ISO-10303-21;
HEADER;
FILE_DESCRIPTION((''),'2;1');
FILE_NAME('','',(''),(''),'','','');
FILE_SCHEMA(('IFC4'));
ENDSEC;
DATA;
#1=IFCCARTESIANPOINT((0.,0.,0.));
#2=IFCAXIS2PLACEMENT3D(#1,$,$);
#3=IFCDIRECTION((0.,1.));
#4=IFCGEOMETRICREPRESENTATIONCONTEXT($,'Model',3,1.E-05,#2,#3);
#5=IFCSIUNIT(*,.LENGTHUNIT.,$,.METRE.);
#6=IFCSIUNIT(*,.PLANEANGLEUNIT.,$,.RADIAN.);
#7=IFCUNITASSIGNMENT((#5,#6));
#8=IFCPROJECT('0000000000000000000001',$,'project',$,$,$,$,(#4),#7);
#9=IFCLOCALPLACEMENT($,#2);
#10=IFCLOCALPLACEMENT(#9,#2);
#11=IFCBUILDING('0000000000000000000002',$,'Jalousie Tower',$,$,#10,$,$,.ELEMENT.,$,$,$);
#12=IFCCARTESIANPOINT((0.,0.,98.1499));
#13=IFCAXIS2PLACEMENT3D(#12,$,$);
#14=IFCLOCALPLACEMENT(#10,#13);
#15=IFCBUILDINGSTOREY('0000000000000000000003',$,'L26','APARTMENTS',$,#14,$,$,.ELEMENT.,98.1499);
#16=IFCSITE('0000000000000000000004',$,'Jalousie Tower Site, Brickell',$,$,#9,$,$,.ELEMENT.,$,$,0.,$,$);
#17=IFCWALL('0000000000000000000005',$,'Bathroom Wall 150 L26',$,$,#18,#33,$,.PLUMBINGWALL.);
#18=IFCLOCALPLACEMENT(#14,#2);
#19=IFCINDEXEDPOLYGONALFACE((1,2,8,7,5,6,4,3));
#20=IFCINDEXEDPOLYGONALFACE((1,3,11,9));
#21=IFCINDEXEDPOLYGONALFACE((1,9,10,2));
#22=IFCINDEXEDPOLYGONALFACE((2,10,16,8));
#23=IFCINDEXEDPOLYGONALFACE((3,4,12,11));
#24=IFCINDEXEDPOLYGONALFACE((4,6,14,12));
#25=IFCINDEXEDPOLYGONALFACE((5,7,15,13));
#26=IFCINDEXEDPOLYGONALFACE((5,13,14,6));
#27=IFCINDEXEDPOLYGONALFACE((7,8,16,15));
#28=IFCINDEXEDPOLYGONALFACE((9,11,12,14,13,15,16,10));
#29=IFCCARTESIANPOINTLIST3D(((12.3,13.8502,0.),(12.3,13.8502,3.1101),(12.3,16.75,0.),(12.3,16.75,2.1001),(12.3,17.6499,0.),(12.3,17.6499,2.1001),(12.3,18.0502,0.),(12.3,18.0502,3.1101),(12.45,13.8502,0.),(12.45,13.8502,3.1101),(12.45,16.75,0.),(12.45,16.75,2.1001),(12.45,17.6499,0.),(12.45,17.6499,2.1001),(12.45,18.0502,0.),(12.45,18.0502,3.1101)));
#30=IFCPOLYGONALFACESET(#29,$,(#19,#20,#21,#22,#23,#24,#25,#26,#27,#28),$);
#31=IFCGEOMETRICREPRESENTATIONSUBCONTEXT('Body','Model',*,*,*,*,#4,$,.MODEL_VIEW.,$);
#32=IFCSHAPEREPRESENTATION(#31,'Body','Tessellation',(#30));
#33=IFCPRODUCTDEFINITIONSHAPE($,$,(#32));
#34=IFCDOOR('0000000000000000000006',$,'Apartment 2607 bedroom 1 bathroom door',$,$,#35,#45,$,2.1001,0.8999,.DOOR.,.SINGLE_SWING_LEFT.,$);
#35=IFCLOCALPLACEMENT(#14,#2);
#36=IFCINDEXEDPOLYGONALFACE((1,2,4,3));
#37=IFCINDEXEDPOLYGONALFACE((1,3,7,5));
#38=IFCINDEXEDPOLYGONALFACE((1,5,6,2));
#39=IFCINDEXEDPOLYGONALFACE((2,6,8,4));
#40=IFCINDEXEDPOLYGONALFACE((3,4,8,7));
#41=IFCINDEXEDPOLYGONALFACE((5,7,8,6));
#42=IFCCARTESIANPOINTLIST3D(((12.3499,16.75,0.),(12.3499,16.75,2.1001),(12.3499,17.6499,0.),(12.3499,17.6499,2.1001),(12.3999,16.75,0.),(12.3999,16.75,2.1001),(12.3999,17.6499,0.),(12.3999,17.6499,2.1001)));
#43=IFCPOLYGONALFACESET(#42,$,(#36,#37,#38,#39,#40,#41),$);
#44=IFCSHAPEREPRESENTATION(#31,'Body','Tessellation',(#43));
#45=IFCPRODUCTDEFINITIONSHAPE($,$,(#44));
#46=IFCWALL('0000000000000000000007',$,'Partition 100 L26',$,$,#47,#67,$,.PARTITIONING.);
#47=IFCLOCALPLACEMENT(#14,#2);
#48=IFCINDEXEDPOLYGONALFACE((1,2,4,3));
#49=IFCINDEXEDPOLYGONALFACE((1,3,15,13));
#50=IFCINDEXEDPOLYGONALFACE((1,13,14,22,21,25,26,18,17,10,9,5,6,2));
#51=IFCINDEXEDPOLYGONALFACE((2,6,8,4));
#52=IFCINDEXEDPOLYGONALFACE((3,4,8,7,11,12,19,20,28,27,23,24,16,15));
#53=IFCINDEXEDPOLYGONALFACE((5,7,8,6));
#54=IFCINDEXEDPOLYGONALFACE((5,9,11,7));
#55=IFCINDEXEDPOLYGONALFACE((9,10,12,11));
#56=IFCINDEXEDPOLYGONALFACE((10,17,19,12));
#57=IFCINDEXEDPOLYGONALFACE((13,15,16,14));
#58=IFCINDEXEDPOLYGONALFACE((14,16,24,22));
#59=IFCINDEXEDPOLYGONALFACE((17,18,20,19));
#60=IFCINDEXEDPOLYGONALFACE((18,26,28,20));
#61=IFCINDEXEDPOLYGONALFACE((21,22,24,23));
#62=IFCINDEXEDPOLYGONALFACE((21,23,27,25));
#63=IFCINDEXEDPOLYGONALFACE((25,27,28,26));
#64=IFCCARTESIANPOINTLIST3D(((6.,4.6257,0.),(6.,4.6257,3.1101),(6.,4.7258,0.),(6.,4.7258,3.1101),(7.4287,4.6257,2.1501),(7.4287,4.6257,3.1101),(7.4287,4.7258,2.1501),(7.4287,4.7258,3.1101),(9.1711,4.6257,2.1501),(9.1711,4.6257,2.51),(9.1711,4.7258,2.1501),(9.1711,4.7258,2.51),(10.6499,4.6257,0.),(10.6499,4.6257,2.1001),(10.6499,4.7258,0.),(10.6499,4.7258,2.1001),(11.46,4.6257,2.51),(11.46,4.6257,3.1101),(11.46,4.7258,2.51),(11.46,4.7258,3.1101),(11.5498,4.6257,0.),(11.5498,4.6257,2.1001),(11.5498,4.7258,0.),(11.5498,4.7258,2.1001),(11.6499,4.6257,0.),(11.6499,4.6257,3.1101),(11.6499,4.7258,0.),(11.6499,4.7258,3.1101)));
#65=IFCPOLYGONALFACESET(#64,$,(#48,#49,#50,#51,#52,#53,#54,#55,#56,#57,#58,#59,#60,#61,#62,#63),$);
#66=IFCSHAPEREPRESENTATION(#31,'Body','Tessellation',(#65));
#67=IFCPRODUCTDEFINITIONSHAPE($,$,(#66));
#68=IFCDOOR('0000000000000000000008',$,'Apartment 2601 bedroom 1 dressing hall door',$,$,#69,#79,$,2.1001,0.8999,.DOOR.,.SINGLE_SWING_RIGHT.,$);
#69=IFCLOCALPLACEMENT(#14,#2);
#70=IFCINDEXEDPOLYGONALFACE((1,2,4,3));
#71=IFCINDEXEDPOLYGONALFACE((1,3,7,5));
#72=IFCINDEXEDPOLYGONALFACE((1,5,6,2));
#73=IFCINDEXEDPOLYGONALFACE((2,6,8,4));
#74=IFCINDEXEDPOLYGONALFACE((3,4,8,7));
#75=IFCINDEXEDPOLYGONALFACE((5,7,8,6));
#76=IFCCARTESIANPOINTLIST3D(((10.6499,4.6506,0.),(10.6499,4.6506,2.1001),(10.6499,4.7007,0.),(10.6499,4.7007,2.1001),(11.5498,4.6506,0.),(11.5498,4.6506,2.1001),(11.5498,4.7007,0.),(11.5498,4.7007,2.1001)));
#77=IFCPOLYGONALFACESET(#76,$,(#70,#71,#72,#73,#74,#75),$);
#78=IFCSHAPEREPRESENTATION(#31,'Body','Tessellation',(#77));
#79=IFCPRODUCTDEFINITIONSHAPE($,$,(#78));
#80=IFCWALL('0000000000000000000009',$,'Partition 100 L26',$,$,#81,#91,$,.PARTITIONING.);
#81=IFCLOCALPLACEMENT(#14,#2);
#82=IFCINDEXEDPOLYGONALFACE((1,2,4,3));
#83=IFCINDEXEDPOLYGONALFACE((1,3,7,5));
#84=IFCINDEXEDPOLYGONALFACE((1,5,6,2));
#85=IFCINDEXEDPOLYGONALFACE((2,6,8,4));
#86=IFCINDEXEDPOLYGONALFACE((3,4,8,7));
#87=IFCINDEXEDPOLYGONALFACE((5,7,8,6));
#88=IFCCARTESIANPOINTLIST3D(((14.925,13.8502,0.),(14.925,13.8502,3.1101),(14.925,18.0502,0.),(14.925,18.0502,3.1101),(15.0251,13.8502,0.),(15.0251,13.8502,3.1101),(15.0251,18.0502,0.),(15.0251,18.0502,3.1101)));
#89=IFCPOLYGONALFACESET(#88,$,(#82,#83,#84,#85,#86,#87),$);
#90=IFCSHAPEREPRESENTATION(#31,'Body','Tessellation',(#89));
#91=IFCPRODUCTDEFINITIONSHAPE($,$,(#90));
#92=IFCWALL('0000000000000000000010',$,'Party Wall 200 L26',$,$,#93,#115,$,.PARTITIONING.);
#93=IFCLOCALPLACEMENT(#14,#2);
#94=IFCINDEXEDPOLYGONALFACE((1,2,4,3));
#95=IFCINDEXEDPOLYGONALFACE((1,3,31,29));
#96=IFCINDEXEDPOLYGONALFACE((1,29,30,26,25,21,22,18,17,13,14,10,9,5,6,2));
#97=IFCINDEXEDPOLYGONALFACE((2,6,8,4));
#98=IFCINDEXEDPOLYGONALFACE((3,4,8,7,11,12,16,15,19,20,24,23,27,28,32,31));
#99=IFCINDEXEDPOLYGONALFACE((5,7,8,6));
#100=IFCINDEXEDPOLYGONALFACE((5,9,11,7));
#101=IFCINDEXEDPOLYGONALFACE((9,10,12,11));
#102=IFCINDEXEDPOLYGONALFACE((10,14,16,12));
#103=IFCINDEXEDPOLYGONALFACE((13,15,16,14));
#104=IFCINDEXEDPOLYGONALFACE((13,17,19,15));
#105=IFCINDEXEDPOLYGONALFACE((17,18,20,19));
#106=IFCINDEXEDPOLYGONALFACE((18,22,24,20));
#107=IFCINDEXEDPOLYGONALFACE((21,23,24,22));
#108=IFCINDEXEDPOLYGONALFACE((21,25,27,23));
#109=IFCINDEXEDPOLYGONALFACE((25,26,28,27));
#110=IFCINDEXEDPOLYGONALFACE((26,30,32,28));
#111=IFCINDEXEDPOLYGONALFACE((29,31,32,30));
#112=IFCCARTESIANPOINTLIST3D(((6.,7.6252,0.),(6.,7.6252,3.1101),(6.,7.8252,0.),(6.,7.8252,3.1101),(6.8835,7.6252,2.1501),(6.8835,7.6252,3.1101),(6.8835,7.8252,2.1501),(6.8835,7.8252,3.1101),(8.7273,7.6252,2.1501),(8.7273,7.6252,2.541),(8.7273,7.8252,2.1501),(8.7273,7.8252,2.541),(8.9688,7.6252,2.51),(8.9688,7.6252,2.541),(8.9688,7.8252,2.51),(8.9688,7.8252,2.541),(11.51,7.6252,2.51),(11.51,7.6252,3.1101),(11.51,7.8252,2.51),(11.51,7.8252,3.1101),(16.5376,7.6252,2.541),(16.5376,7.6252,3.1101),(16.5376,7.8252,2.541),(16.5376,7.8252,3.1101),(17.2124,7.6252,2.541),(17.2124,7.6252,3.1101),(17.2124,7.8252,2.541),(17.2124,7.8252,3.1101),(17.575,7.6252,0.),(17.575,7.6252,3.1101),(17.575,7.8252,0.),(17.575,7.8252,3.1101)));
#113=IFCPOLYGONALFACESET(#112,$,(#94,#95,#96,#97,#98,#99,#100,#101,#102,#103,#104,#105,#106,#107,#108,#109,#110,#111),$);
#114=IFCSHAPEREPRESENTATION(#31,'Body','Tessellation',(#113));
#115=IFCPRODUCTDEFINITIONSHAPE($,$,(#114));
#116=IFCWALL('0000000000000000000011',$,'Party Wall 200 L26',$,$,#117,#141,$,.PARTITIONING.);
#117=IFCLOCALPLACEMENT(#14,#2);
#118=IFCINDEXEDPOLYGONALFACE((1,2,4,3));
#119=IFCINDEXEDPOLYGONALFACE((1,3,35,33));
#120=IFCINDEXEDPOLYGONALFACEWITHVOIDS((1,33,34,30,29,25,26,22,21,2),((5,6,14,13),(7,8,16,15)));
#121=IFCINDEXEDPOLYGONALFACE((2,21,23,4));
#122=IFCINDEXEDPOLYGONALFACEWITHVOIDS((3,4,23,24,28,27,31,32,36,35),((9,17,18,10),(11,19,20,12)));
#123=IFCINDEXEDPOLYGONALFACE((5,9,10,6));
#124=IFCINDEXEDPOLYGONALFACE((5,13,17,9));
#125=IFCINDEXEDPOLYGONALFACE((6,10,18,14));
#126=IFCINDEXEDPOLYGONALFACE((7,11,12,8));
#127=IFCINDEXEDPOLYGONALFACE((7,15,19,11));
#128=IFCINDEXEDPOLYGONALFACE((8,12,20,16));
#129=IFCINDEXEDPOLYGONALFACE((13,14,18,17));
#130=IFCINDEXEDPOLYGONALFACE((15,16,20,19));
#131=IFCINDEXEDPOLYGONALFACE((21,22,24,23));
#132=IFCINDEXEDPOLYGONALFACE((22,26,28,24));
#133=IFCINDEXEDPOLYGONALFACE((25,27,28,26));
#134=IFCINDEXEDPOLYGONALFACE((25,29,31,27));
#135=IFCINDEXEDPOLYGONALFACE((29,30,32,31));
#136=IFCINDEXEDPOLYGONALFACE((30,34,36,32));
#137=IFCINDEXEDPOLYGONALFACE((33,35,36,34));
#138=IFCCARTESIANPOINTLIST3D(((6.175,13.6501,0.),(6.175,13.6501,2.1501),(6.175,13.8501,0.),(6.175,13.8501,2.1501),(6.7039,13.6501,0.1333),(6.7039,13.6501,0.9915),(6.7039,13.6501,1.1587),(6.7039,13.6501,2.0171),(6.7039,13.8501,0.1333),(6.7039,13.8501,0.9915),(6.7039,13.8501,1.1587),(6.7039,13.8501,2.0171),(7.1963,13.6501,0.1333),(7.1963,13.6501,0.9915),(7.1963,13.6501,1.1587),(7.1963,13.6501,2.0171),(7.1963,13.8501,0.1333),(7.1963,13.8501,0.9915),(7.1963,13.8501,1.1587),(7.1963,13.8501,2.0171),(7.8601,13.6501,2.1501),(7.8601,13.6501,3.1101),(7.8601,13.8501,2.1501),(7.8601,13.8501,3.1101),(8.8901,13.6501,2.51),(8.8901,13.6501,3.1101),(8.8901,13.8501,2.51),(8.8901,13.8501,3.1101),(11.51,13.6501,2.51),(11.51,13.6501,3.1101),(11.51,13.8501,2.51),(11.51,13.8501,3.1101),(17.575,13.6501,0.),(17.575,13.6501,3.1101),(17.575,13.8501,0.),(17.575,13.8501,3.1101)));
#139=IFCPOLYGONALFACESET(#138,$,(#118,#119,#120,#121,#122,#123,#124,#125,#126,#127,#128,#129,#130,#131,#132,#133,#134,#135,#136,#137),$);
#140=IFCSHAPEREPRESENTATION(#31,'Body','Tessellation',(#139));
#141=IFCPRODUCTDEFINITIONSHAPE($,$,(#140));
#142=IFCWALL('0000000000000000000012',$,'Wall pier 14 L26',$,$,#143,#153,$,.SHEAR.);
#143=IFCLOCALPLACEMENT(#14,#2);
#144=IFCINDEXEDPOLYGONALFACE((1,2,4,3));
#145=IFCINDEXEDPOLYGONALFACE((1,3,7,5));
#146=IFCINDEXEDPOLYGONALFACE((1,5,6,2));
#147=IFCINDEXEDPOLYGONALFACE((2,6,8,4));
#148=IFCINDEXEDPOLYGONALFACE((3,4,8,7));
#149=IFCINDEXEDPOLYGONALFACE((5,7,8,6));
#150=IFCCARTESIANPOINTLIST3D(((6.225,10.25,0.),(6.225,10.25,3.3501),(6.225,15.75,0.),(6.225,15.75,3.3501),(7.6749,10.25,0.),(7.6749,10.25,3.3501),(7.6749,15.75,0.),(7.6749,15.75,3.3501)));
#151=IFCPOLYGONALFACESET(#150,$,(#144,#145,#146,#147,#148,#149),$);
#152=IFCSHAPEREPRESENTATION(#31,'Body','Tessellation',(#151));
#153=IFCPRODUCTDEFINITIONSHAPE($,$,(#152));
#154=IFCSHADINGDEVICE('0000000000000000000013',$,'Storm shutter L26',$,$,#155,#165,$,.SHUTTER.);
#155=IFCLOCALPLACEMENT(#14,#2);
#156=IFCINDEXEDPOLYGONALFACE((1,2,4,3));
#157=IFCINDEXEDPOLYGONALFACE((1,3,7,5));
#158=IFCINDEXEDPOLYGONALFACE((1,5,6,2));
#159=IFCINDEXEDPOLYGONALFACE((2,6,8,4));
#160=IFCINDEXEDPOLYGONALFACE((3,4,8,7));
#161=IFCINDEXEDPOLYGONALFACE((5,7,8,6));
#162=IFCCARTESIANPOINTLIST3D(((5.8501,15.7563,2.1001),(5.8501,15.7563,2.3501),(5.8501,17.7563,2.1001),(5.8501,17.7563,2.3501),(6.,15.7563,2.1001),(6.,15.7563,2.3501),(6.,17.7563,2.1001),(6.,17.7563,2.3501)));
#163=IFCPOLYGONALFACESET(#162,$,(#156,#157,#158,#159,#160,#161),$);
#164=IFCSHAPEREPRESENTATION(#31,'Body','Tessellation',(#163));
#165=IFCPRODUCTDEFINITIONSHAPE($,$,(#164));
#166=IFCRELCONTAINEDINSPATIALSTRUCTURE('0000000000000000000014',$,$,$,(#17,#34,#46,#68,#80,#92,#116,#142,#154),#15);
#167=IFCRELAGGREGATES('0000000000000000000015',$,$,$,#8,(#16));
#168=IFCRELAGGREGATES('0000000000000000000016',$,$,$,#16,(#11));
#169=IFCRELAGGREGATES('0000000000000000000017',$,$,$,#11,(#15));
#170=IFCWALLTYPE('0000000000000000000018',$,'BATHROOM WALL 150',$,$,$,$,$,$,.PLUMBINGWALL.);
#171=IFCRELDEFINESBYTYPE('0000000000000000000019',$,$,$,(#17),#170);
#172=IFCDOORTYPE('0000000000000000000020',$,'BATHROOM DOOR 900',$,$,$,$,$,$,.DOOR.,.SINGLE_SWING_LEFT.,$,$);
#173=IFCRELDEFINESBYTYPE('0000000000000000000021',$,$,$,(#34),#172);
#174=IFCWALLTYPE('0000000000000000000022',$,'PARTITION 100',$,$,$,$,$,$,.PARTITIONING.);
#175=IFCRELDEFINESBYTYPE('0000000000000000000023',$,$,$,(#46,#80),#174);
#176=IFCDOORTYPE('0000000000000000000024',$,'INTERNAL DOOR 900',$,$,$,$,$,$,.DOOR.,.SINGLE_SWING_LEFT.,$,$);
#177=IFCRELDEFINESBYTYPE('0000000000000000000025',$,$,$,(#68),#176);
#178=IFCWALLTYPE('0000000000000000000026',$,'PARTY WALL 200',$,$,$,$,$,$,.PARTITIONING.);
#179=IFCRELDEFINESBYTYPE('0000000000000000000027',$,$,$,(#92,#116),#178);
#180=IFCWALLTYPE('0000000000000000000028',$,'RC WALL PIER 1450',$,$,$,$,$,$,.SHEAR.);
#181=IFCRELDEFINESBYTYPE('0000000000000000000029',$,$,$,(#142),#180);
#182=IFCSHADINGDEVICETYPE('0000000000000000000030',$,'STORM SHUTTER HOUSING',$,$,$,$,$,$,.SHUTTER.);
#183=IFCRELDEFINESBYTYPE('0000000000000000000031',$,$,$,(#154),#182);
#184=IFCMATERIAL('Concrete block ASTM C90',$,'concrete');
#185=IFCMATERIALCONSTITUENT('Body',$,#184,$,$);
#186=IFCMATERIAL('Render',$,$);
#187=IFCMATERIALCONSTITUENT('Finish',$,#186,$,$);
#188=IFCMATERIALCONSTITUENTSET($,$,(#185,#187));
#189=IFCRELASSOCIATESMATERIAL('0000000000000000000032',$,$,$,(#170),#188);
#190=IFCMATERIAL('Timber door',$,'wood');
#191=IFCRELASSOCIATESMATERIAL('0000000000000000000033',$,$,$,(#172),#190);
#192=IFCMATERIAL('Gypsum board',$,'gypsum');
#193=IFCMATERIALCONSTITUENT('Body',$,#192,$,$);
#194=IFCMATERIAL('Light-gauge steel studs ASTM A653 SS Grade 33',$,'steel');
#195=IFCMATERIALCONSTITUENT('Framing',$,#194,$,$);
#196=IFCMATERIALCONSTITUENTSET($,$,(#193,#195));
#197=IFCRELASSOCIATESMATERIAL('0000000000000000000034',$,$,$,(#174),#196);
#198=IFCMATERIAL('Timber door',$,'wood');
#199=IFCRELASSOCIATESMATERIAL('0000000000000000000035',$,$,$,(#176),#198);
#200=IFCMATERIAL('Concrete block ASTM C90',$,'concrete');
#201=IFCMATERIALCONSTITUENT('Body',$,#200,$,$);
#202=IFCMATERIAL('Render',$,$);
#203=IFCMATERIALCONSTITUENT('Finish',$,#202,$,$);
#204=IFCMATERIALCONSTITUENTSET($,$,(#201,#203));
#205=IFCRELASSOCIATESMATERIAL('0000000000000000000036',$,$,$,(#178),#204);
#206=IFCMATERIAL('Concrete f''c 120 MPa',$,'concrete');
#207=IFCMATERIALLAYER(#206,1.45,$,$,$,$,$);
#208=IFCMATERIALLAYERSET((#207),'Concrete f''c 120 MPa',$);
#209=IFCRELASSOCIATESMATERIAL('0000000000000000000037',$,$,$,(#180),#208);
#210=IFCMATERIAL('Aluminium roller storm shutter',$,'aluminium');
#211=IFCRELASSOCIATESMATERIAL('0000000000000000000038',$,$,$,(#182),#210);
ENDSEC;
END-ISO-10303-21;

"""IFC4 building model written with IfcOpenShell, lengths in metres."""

from ifc_helpers import new_model, si_unit, direction, frame, frame_2d, origin, origin_2d, place, context, subcontext, project, spatial, polyline, rectangle, outline, extrude, material, layer, layer_set, constituent, constituent_set, type_object, element, fill, save


model = new_model("IFC4")

# Units and contexts
model_context = context("Model", 3, precision=1e-05, world=origin(), true_north=direction((0.0, 1.0)))
body_context = subcontext(model_context, "Body", "Model", "MODEL_VIEW")
ifc_project = project(units=[si_unit("LENGTHUNIT", "METRE"), si_unit("PLANEANGLEUNIT", "RADIAN")], contexts=[model_context])

# Site, building, storey
site_placement = place(None, origin())
site = spatial("IfcSite", under=ifc_project, at=site_placement, Name="Jalousie Tower Site, Brickell", CompositionType="ELEMENT", RefElevation=0.0)
building_placement = place(site_placement, origin())
building = spatial("IfcBuilding", under=site, at=building_placement, Name="Jalousie Tower", CompositionType="ELEMENT")
storey_placement = place(building_placement, frame((0.0, 0.0, 98.1499)))
storey = spatial("IfcBuildingStorey", under=building, at=storey_placement, Name="L26", Description="APARTMENTS", CompositionType="ELEMENT", Elevation=98.1499)

# Walls, openings, doors
ifc_material_1 = material(Name="Concrete block ASTM C90", Category="concrete")
ifc_constituent_1 = constituent(ifc_material_1, Name="Body")
ifc_material_2 = material(Name="Render")
ifc_constituent_2 = constituent(ifc_material_2, Name="Finish")
ifc_constituent_set_1 = constituent_set(constituents=[ifc_constituent_1, ifc_constituent_2])
wall_type_1 = type_object("IfcWallType", Name="BATHROOM WALL 150", PredefinedType="PLUMBINGWALL", material=ifc_constituent_set_1)
ifc_material_3 = material(Name="Timber door", Category="wood")
door_type_1 = type_object("IfcDoorType", Name="BATHROOM DOOR 900", OperationType="SINGLE_SWING_LEFT", PredefinedType="DOOR", material=ifc_material_3)
wall_1_placement = place(storey_placement, frame((12.375, 13.8501, 0.0), z_axis=(0.0, 0.0, 1.0), x_axis=(0.0, 1.0, 0.0)))
wall_1 = element("IfcWall", 1, at=wall_1_placement, inside=storey, type_object=wall_type_1, Name="Bathroom Wall 150 L26", PredefinedType="PLUMBINGWALL", context=body_context, shape_type="SweptSolid", body=[
    extrude(rectangle(XDim=4.2, YDim=0.1499, at=frame_2d((2.1001, 0.0))), origin(), (0.0, 0.0, 1.0), 3.1101),
])
opening_1_placement = place(wall_1_placement, frame((2.8999, 0.0, 0.0)))
opening_1 = element("IfcOpeningElement", 2, at=opening_1_placement, cuts=wall_1, PredefinedType="OPENING", context=body_context, shape_type="SweptSolid", body=[
    extrude(rectangle(XDim=0.8999, YDim=2.1001, at=frame_2d((0.45, 1.05))), frame((0.0, 0.085, 0.0), z_axis=(0.0, -1.0, 0.0), x_axis=(1.0, 0.0, 0.0)), (0.0, 0.0, 1.0), 0.1699),
])
door_1_placement = place(opening_1_placement, frame((0.8999, 0.0, 0.0), z_axis=(0.0, 0.0, 1.0), x_axis=(-1.0, 0.0, 0.0)))
door_1 = element("IfcDoor", 3, at=door_1_placement, inside=storey, type_object=door_type_1, Name="Apartment 2607 bedroom 1 bathroom door", OperationType="SINGLE_SWING_LEFT", OverallHeight=2.1001, OverallWidth=0.8999, PredefinedType="DOOR", context=body_context, shape_type="SweptSolid", body=[
    extrude(rectangle(XDim=0.8999, YDim=2.1001, at=frame_2d((0.45, 1.05))), frame((0.0, 0.0249, 0.0), z_axis=(0.0, -1.0, 0.0), x_axis=(1.0, 0.0, 0.0)), (0.0, 0.0, 1.0), 0.05),
])
fill(opening_1, door_1)
ifc_material_4 = material(Name="Gypsum board", Category="gypsum")
ifc_constituent_3 = constituent(ifc_material_4, Name="Body")
ifc_material_5 = material(Name="Light-gauge steel studs ASTM A653 SS Grade 33", Category="steel")
ifc_constituent_4 = constituent(ifc_material_5, Name="Framing")
ifc_constituent_set_2 = constituent_set(constituents=[ifc_constituent_3, ifc_constituent_4])
wall_type_2 = type_object("IfcWallType", Name="PARTITION 100", PredefinedType="PARTITIONING", material=ifc_constituent_set_2)
wall_2_placement = place(storey_placement, frame((6.0, 4.6758, 0.0), z_axis=(0.0, 0.0, 1.0), x_axis=(1.0, 0.0, 0.0)))
wall_2 = element("IfcWall", 4, at=wall_2_placement, inside=storey, type_object=wall_type_2, Name="Partition 100 L26", PredefinedType="PARTITIONING", context=body_context, shape_type="SweptSolid", body=[
    extrude(outline(polyline([(0.0, 0.0), (5.6499, 0.0), (5.6499, 3.1101), (5.46, 3.1101), (5.46, 2.51), (3.1711, 2.51), (3.1711, 2.1501), (1.4287, 2.1501), (1.4287, 3.1101), (0.0, 3.1101), (0.0, 0.0)])), frame((0.0, 0.05, 0.0), z_axis=(0.0, -1.0, 0.0), x_axis=(1.0, 0.0, 0.0)), (0.0, 0.0, 1.0), 0.1001),
])
opening_2_placement = place(wall_2_placement, frame((4.6499, 0.0, 0.0)))
opening_2 = element("IfcOpeningElement", 5, at=opening_2_placement, cuts=wall_2, PredefinedType="OPENING", context=body_context, shape_type="SweptSolid", body=[
    extrude(rectangle(XDim=0.8999, YDim=2.1001, at=frame_2d((0.45, 1.05))), frame((0.0, 0.0601, 0.0), z_axis=(0.0, -1.0, 0.0), x_axis=(1.0, 0.0, 0.0)), (0.0, 0.0, 1.0), 0.1201),
])
ifc_material_6 = material(Name="Timber door", Category="wood")
door_type_2 = type_object("IfcDoorType", Name="INTERNAL DOOR 900", OperationType="SINGLE_SWING_LEFT", PredefinedType="DOOR", material=ifc_material_6)
door_2_placement = place(opening_2_placement, origin())
door_2 = element("IfcDoor", 6, at=door_2_placement, inside=storey, type_object=door_type_2, Name="Apartment 2601 bedroom 1 dressing hall door", OperationType="SINGLE_SWING_RIGHT", OverallHeight=2.1001, OverallWidth=0.8999, PredefinedType="DOOR", context=body_context, shape_type="SweptSolid", body=[
    extrude(rectangle(XDim=0.8999, YDim=2.1001, at=frame_2d((0.45, 1.05))), frame((0.0, 0.0249, 0.0), z_axis=(0.0, -1.0, 0.0), x_axis=(1.0, 0.0, 0.0)), (0.0, 0.0, 1.0), 0.05),
])
fill(opening_2, door_2)

# Walls
wall_3_placement = place(storey_placement, frame((14.9751, 13.8501, 0.0), z_axis=(0.0, 0.0, 1.0), x_axis=(0.0, 1.0, 0.0)))
element("IfcWall", 7, at=wall_3_placement, inside=storey, type_object=wall_type_2, Name="Partition 100 L26", PredefinedType="PARTITIONING", context=body_context, shape_type="SweptSolid", body=[
    extrude(rectangle(XDim=4.2, YDim=0.1001, at=frame_2d((2.1001, 0.0))), origin(), (0.0, 0.0, 1.0), 3.1101),
])
ifc_material_7 = material(Name="Concrete block ASTM C90", Category="concrete")
ifc_constituent_5 = constituent(ifc_material_7, Name="Body")
ifc_material_8 = material(Name="Render")
ifc_constituent_6 = constituent(ifc_material_8, Name="Finish")
ifc_constituent_set_3 = constituent_set(constituents=[ifc_constituent_5, ifc_constituent_6])
wall_type_3 = type_object("IfcWallType", Name="PARTY WALL 200", PredefinedType="PARTITIONING", material=ifc_constituent_set_3)
wall_4_placement = place(storey_placement, frame((6.0, 7.7251, 0.0), z_axis=(0.0, 0.0, 1.0), x_axis=(1.0, 0.0, 0.0)))
element("IfcWall", 8, at=wall_4_placement, inside=storey, type_object=wall_type_3, Name="Party Wall 200 L26", PredefinedType="PARTITIONING", context=body_context, shape_type="SweptSolid", body=[
    extrude(outline(polyline([(0.0, 0.0), (11.575, 0.0), (11.575, 3.1101), (11.2124, 3.1101), (11.2124, 2.541), (10.5376, 2.541), (10.5376, 3.1101), (5.51, 3.1101), (5.51, 2.51), (2.9688, 2.51), (2.9688, 2.541), (2.7273, 2.541), (2.7273, 2.1501), (0.8835, 2.1501), (0.8835, 3.1101), (0.0, 3.1101), (0.0, 0.0)])), frame((0.0, 0.1001, 0.0), z_axis=(0.0, -1.0, 0.0), x_axis=(1.0, 0.0, 0.0)), (0.0, 0.0, 1.0), 0.2),
])
wall_5_placement = place(storey_placement, frame((6.175, 13.75, 0.0), z_axis=(0.0, 0.0, 1.0), x_axis=(1.0, 0.0, 0.0)))
element("IfcWall", 9, at=wall_5_placement, inside=storey, type_object=wall_type_3, Name="Party Wall 200 L26", PredefinedType="PARTITIONING", context=body_context, shape_type="SweptSolid", body=[
    extrude(outline(polyline([(1.6851, 2.1501), (0.0, 2.1501), (0.0, 0.0), (11.3999, 0.0), (11.3999, 3.1101), (5.335, 3.1101), (5.335, 2.51), (2.7151, 2.51), (2.7151, 3.1101), (1.6851, 3.1101), (1.6851, 2.1501)]), holes=[polyline([(1.0212, 0.1333), (0.5288, 0.1333), (0.5288, 0.9915), (1.0212, 0.9915), (1.0212, 0.1333)]), polyline([(1.0212, 1.1587), (0.5288, 1.1587), (0.5288, 2.0171), (1.0212, 2.0171), (1.0212, 1.1587)])]), frame((0.0, 0.1001, 0.0), z_axis=(0.0, -1.0, 0.0), x_axis=(1.0, 0.0, 0.0)), (0.0, 0.0, 1.0), 0.2),
])
ifc_material_9 = material(Name="Concrete f'c 120 MPa", Category="concrete")
ifc_layer_1 = layer(ifc_material_9, 1.45)
ifc_layer_set_1 = layer_set([ifc_layer_1], Name="Concrete f'c 120 MPa")
wall_type_4 = type_object("IfcWallType", Name="RC WALL PIER 1450", PredefinedType="SHEAR", material=ifc_layer_set_1)
wall_6_placement = place(storey_placement, frame((6.95, 10.25, 0.0), z_axis=(0.0, 0.0, 1.0), x_axis=(0.0, 1.0, 0.0)))
element("IfcWall", 10, at=wall_6_placement, inside=storey, type_object=wall_type_4, Name="Wall pier 14 L26", PredefinedType="SHEAR", context=body_context, shape_type="SweptSolid", body=[
    extrude(rectangle(XDim=5.5, YDim=1.45, at=frame_2d((2.75, 0.0))), origin(), (0.0, 0.0, 1.0), 3.3501),
])

# Shading device
ifc_material_10 = material(Name="Aluminium roller storm shutter", Category="aluminium")
shading_device_type = type_object("IfcShadingDeviceType", Name="STORM SHUTTER HOUSING", PredefinedType="SHUTTER", material=ifc_material_10)
for number, where, z_axis, x_axis, name in (
    (11, (5.925, 16.7563, 2.1001), (0.0, 0.0, 1.0), (0.0, -1.0, 0.0), "Storm shutter L26"),
):
    element("IfcShadingDevice", number, at=place(storey_placement, frame(where, z_axis=z_axis, x_axis=x_axis)), inside=storey, type_object=shading_device_type, Name=name, PredefinedType="SHUTTER", context=body_context, shape_type="SweptSolid", body=[
        extrude(rectangle(XDim=2.0, YDim=0.1499, at=origin_2d()), origin(), (0.0, 0.0, 1.0), 0.25),
    ])

save(model, "model.ifc")
